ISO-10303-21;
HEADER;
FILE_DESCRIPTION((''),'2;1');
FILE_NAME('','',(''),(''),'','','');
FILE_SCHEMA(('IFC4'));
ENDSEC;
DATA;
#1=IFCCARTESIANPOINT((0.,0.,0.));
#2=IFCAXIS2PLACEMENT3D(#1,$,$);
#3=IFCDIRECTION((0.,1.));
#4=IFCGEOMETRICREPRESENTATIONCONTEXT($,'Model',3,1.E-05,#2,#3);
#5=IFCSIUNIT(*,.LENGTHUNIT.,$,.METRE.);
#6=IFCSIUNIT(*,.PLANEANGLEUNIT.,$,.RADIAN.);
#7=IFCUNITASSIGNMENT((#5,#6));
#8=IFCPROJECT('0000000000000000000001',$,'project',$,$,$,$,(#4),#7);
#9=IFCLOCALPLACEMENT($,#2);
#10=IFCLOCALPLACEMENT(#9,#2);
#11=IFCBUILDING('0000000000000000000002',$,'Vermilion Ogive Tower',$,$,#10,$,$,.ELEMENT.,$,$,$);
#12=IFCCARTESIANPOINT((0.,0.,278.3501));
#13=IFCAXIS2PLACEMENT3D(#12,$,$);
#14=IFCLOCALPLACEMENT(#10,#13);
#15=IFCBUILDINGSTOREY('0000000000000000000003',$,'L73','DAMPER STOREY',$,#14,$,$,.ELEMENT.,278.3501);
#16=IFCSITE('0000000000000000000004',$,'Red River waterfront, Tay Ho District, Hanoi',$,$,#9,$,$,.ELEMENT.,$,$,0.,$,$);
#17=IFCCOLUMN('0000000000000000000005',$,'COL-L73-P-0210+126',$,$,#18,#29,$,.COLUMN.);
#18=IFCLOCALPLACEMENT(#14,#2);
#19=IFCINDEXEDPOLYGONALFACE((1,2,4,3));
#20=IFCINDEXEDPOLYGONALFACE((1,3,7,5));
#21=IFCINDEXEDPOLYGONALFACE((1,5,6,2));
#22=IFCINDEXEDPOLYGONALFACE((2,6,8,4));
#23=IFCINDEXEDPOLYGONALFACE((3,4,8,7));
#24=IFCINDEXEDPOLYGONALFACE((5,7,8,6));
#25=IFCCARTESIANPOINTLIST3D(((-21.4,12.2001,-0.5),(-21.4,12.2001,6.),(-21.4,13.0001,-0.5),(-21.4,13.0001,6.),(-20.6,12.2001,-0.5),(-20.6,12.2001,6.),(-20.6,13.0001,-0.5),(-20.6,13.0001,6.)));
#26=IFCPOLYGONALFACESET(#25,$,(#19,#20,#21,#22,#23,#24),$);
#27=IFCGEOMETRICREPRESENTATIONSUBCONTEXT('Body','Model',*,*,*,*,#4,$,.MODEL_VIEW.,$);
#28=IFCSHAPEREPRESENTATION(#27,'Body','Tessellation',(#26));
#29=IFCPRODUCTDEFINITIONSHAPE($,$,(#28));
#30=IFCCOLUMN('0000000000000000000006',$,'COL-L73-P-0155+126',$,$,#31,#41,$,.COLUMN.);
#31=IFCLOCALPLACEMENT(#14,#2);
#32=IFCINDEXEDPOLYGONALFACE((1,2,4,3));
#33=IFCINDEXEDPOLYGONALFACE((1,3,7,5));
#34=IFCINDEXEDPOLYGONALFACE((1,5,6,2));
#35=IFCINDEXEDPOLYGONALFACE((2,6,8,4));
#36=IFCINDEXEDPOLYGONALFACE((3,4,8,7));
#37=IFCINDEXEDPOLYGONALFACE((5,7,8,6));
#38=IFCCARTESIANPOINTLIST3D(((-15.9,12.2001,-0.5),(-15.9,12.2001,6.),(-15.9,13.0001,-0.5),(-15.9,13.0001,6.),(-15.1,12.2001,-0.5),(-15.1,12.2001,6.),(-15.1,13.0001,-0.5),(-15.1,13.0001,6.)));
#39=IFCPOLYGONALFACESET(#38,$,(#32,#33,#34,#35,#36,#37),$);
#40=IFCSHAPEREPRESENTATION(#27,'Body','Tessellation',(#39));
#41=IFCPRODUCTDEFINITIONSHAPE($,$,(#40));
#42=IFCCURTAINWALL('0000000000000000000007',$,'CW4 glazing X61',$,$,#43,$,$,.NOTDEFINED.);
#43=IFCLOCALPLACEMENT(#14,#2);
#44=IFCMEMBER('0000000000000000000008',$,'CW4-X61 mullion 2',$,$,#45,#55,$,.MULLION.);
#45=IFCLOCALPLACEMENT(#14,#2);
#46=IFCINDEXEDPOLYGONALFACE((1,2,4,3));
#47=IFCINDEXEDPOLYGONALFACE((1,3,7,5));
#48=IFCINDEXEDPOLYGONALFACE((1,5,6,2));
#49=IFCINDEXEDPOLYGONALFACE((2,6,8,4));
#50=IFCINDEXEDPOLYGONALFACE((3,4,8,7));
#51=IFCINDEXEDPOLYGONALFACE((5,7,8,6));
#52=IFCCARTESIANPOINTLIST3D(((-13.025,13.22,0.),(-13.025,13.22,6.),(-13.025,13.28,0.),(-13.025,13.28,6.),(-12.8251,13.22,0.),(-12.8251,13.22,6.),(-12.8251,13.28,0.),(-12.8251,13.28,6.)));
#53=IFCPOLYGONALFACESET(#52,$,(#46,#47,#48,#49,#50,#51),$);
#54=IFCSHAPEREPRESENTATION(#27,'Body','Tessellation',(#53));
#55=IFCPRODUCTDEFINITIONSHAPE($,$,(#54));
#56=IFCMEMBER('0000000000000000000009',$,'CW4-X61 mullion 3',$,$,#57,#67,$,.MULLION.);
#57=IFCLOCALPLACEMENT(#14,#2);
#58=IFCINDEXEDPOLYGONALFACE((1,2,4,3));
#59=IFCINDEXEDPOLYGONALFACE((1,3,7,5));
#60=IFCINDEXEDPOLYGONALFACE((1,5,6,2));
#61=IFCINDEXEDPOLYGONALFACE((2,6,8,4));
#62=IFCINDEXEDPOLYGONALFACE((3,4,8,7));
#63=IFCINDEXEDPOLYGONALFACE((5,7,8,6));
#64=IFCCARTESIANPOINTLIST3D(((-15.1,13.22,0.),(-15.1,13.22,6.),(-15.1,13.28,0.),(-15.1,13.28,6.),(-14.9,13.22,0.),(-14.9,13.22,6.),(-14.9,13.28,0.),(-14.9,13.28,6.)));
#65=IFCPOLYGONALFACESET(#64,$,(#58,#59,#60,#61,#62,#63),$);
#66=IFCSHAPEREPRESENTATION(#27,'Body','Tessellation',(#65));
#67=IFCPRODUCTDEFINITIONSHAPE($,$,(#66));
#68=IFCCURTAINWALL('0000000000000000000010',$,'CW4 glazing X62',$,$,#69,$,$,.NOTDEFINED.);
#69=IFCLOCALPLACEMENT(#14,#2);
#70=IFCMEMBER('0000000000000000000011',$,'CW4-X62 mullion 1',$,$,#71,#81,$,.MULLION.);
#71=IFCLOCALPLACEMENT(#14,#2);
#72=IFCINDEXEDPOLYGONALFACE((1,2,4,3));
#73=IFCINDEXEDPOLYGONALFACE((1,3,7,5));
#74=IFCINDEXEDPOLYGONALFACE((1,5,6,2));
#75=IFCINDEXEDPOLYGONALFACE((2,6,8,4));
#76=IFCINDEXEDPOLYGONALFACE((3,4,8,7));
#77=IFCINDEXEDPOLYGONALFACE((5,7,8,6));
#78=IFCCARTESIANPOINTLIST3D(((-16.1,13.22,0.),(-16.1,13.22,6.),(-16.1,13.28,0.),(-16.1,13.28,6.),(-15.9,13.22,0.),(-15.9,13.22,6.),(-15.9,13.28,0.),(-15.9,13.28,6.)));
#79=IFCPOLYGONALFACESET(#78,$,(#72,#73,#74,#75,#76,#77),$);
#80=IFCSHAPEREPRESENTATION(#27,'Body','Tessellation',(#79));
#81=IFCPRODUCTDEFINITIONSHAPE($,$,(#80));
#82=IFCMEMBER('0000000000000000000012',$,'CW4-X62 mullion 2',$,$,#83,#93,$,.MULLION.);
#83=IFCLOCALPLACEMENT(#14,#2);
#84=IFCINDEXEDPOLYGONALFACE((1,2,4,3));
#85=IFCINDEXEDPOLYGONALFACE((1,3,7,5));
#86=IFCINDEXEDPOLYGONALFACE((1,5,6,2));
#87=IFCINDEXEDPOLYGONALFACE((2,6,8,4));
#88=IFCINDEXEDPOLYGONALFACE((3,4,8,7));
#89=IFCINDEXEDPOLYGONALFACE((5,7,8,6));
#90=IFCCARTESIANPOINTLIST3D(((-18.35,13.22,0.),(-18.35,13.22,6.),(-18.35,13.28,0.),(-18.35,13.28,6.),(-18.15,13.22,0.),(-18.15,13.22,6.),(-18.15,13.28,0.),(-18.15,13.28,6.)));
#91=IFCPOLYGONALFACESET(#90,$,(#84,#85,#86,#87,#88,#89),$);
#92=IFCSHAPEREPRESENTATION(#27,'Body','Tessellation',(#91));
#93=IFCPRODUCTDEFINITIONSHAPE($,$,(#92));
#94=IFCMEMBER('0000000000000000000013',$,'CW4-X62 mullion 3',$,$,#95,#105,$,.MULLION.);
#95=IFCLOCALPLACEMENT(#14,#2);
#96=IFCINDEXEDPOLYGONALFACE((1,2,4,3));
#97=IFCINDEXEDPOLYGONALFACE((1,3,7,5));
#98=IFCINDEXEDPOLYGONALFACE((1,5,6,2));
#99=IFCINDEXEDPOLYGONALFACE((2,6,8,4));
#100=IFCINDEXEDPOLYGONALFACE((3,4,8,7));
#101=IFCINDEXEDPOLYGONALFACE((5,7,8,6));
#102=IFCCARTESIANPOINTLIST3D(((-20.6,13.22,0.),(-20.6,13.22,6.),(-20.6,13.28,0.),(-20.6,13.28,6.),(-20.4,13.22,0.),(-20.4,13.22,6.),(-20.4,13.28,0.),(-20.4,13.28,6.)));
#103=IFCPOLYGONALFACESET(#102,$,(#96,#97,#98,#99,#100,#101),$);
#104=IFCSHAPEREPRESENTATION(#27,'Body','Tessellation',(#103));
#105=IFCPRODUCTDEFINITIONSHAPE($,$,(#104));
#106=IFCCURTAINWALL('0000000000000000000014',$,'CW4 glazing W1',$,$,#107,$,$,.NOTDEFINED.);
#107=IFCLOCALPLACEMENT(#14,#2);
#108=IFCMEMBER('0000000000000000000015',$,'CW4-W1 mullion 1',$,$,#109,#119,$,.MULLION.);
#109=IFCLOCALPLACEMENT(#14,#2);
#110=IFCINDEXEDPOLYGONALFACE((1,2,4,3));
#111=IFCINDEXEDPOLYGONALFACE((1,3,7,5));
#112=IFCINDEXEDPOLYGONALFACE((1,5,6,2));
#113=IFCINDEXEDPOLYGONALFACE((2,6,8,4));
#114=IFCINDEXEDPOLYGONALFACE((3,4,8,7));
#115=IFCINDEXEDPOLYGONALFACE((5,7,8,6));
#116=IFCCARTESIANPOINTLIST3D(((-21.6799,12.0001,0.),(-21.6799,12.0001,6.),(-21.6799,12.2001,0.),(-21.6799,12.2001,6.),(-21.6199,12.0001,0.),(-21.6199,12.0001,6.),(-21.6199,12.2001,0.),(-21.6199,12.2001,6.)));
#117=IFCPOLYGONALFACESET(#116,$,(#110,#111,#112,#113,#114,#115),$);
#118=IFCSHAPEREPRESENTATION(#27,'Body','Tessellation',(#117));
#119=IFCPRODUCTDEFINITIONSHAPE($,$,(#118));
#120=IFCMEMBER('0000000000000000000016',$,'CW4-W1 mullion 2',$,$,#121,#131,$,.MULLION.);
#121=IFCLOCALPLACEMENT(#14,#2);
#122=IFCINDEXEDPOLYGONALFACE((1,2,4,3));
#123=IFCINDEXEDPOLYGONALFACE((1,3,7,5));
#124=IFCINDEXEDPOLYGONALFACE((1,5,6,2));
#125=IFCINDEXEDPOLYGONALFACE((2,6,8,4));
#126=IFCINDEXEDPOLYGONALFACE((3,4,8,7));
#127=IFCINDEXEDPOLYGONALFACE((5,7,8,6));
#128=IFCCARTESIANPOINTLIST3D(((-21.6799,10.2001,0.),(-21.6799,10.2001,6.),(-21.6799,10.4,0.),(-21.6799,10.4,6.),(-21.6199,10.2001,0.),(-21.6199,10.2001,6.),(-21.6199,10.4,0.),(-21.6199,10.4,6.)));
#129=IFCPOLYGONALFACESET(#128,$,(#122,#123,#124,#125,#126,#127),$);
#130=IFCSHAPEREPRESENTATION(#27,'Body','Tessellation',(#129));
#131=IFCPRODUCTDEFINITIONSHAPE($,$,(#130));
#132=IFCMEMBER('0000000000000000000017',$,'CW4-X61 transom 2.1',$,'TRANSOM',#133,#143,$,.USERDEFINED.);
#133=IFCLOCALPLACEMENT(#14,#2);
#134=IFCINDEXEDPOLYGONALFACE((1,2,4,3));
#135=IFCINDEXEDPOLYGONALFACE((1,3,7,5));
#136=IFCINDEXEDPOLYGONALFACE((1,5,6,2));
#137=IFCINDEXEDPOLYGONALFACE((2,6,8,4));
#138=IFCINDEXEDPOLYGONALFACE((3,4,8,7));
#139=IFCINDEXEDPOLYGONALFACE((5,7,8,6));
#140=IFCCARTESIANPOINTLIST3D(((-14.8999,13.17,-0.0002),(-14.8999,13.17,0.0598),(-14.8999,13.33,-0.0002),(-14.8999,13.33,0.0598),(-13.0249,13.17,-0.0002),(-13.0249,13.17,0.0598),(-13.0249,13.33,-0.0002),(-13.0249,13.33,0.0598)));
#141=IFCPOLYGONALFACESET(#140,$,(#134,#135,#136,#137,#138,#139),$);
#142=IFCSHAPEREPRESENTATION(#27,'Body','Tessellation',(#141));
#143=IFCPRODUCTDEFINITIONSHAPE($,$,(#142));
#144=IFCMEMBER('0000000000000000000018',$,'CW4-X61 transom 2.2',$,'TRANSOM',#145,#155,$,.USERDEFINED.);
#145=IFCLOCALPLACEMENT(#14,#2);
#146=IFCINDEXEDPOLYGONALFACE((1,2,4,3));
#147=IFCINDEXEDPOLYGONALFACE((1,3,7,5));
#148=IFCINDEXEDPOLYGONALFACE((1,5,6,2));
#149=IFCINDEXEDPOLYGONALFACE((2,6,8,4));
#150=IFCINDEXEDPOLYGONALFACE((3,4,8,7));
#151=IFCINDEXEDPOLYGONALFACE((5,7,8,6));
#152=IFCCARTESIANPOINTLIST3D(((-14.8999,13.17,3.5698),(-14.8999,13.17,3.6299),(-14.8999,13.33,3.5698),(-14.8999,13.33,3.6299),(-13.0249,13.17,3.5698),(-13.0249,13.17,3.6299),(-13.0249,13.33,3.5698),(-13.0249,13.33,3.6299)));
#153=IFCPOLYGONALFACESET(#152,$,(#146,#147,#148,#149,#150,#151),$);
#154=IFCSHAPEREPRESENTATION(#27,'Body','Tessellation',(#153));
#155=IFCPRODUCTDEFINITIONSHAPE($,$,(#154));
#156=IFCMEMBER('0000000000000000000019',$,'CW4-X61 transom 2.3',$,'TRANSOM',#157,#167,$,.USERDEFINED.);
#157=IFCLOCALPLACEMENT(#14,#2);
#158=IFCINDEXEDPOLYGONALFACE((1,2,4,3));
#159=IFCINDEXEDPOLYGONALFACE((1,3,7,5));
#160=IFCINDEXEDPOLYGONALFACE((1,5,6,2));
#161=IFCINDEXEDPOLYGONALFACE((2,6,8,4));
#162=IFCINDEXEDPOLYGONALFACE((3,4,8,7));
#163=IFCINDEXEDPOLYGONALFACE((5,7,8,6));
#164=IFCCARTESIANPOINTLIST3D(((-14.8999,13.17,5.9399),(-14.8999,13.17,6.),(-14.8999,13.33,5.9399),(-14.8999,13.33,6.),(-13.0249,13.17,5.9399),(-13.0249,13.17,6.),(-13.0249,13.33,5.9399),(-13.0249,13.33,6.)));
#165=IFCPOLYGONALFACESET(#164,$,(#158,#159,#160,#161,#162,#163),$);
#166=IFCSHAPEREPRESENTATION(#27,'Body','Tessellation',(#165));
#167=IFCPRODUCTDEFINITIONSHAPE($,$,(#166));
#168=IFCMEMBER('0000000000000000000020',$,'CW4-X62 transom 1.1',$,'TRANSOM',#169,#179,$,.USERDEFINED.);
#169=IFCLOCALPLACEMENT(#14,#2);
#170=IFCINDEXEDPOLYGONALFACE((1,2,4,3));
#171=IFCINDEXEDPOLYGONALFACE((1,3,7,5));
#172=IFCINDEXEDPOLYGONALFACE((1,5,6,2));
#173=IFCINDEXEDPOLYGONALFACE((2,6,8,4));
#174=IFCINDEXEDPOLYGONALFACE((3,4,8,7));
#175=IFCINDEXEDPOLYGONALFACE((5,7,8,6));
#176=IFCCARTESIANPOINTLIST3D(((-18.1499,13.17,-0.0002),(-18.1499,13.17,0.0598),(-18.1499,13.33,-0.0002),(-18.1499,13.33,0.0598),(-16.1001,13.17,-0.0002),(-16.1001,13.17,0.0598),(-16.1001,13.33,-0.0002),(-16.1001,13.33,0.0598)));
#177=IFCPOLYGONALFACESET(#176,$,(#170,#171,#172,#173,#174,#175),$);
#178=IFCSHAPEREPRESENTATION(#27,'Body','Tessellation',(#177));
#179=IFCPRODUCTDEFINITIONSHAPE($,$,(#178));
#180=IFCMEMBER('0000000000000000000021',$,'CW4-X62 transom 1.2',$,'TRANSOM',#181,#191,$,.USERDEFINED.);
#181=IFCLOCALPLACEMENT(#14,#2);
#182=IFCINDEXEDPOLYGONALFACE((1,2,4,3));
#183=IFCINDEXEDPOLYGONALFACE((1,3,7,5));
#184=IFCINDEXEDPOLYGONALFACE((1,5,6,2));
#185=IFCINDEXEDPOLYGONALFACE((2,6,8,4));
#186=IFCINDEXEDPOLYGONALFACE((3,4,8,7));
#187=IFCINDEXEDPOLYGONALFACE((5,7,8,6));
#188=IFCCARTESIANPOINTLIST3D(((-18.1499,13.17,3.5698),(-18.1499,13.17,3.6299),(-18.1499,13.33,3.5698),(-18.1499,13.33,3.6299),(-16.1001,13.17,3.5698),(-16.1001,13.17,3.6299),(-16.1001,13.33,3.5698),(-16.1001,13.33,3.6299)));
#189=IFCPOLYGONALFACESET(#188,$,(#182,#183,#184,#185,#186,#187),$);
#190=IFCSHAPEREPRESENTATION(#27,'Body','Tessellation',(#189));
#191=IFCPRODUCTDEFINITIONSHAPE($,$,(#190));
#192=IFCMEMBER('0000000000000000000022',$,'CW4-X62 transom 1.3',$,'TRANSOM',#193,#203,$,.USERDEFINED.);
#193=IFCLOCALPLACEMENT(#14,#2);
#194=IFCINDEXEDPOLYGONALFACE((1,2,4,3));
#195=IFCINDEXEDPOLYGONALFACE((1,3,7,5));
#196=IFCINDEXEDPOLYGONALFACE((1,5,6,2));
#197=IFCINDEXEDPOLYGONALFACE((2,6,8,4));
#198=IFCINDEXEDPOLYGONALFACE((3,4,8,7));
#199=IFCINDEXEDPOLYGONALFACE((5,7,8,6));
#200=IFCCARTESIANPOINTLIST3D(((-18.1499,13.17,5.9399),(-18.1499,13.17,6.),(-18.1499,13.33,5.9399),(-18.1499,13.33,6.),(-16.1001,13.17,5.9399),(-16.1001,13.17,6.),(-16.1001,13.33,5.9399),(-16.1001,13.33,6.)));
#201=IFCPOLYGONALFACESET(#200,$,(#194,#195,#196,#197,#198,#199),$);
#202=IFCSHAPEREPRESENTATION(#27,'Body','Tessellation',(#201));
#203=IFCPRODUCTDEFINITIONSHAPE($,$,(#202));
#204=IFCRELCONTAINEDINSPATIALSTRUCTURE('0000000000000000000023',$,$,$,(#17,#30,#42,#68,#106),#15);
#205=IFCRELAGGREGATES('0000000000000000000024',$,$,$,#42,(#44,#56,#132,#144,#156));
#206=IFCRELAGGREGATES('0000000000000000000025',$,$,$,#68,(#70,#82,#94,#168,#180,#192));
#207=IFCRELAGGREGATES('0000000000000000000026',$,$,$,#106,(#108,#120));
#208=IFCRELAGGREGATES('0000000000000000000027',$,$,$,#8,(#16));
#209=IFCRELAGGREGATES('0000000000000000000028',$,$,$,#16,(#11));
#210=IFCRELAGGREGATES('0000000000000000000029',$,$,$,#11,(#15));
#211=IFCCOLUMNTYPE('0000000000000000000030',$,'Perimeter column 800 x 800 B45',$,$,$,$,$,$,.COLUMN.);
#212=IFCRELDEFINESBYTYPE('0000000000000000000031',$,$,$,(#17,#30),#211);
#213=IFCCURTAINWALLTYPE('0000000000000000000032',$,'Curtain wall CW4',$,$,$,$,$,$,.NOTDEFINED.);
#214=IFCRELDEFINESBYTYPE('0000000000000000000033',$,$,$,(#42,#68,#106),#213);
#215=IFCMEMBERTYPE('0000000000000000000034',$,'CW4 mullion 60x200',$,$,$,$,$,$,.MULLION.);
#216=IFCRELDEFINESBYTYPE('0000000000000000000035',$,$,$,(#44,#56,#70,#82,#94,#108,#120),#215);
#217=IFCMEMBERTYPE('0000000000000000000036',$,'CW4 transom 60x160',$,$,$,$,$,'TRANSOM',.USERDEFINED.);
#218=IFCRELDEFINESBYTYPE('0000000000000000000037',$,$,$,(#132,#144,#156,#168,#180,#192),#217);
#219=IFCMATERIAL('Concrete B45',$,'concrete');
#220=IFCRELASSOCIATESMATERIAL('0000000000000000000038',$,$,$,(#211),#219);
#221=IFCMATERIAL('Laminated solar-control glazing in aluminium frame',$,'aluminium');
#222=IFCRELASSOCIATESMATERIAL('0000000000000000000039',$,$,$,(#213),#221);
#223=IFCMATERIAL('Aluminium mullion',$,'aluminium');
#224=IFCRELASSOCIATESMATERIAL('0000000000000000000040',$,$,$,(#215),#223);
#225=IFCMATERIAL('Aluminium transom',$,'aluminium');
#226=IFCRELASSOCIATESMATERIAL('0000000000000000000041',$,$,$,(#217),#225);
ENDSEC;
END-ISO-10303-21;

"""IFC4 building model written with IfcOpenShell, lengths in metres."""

from ifc_helpers import new_model, si_unit, direction, frame, origin, origin_2d, place, context, subcontext, project, spatial, rectangle, extrude, material, material_profile, profile_set, type_object, element, aggregate, save


model = new_model("IFC4")

# Units and contexts
model_context = context("Model", 3, precision=1e-05, world=origin(), true_north=direction((0.0, 1.0)))
body_context = subcontext(model_context, "Body", "Model", "MODEL_VIEW")
ifc_project = project(units=[si_unit("LENGTHUNIT", "METRE"), si_unit("PLANEANGLEUNIT", "RADIAN")], contexts=[model_context])

# Site, building, storey
site_placement = place(None, origin())
site = spatial("IfcSite", under=ifc_project, at=site_placement, Name="Red River waterfront, Tay Ho District, Hanoi", CompositionType="ELEMENT", RefElevation=0.0)
building_placement = place(site_placement, origin())
building = spatial("IfcBuilding", under=site, at=building_placement, Name="Vermilion Ogive Tower", CompositionType="ELEMENT")
storey_placement = place(building_placement, frame((0.0, 0.0, 278.3501)))
storey = spatial("IfcBuildingStorey", under=building, at=storey_placement, Name="L73", Description="DAMPER STOREY", CompositionType="ELEMENT", Elevation=278.3501)

# Columns
ifc_material_1 = material(Name="Concrete B45", Category="concrete")
ifc_material_profile_1 = material_profile(ifc_material_1, rectangle(XDim=0.8, YDim=0.8, at=origin_2d()), Name="800 x 800")
ifc_profile_set_1 = profile_set([ifc_material_profile_1], Name="Concrete B45")
column_type = type_object("IfcColumnType", Name="Perimeter column 800 x 800 B45", PredefinedType="COLUMN", material=ifc_profile_set_1)
for number, where, z_axis, x_axis, name in (
    (1, (-21.0, 12.6001, -0.5), (0.0, 0.0, 1.0), (1.0, 0.0, 0.0), "COL-L73-P-0210+126"),
    (2, (-15.5, 12.6001, -0.5), (0.0, 0.0, 1.0), (1.0, 0.0, 0.0), "COL-L73-P-0155+126"),
):
    element("IfcColumn", number, at=place(storey_placement, frame(where, z_axis=z_axis, x_axis=x_axis)), inside=storey, type_object=column_type, Name=name, PredefinedType="COLUMN", context=body_context, shape_type="SweptSolid", body=[
        extrude(rectangle(XDim=0.8, YDim=0.8, at=origin_2d()), origin(), (0.0, 0.0, 1.0), 6.5),
    ])

# Curtain walls, members
ifc_material_2 = material(Name="Laminated solar-control glazing in aluminium frame", Category="aluminium")
curtain_wall_type = type_object("IfcCurtainWallType", Name="Curtain wall CW4", PredefinedType="NOTDEFINED", material=ifc_material_2)
curtain_wall_1_placement = place(storey_placement, origin())
curtain_wall_1 = element("IfcCurtainWall", 3, at=curtain_wall_1_placement, inside=storey, type_object=curtain_wall_type, Name="CW4 glazing X61", PredefinedType="NOTDEFINED")
ifc_material_3 = material(Name="Aluminium mullion", Category="aluminium")
ifc_material_profile_2 = material_profile(ifc_material_3, rectangle(XDim=0.0601, YDim=0.2, at=origin_2d()), Name="AL 60x200")
ifc_profile_set_2 = profile_set([ifc_material_profile_2], Name="Aluminium mullion")
member_type_1 = type_object("IfcMemberType", Name="CW4 mullion 60x200", PredefinedType="MULLION", material=ifc_profile_set_2)
member_1_placement = place(storey_placement, frame((-12.925, 13.25, 0.0), z_axis=(0.0, 0.0, 1.0), x_axis=(0.0, -1.0, 0.0)))
member_1 = element("IfcMember", 4, at=member_1_placement, type_object=member_type_1, Name="CW4-X61 mullion 2", PredefinedType="MULLION", context=body_context, shape_type="SweptSolid", body=[
    extrude(rectangle(XDim=0.0601, YDim=0.2, at=origin_2d()), origin(), (0.0, 0.0, 1.0), 6.0),
])
member_2_placement = place(storey_placement, frame((-15.0, 13.25, 0.0), z_axis=(0.0, 0.0, 1.0), x_axis=(0.0, -1.0, 0.0)))
member_2 = element("IfcMember", 5, at=member_2_placement, type_object=member_type_1, Name="CW4-X61 mullion 3", PredefinedType="MULLION", context=body_context, shape_type="SweptSolid", body=[
    extrude(rectangle(XDim=0.0601, YDim=0.2, at=origin_2d()), origin(), (0.0, 0.0, 1.0), 6.0),
])
curtain_wall_2_placement = place(storey_placement, origin())
curtain_wall_2 = element("IfcCurtainWall", 6, at=curtain_wall_2_placement, inside=storey, type_object=curtain_wall_type, Name="CW4 glazing X62", PredefinedType="NOTDEFINED")
member_3_placement = place(storey_placement, frame((-16.0, 13.25, 0.0), z_axis=(0.0, 0.0, 1.0), x_axis=(0.0, -1.0, 0.0)))
member_3 = element("IfcMember", 7, at=member_3_placement, type_object=member_type_1, Name="CW4-X62 mullion 1", PredefinedType="MULLION", context=body_context, shape_type="SweptSolid", body=[
    extrude(rectangle(XDim=0.0601, YDim=0.2, at=origin_2d()), origin(), (0.0, 0.0, 1.0), 6.0),
])
member_4_placement = place(storey_placement, frame((-18.25, 13.25, 0.0), z_axis=(0.0, 0.0, 1.0), x_axis=(0.0, -1.0, 0.0)))
member_4 = element("IfcMember", 8, at=member_4_placement, type_object=member_type_1, Name="CW4-X62 mullion 2", PredefinedType="MULLION", context=body_context, shape_type="SweptSolid", body=[
    extrude(rectangle(XDim=0.0601, YDim=0.2, at=origin_2d()), origin(), (0.0, 0.0, 1.0), 6.0),
])
member_5_placement = place(storey_placement, frame((-20.5, 13.25, 0.0), z_axis=(0.0, 0.0, 1.0), x_axis=(0.0, -1.0, 0.0)))
member_5 = element("IfcMember", 9, at=member_5_placement, type_object=member_type_1, Name="CW4-X62 mullion 3", PredefinedType="MULLION", context=body_context, shape_type="SweptSolid", body=[
    extrude(rectangle(XDim=0.0601, YDim=0.2, at=origin_2d()), origin(), (0.0, 0.0, 1.0), 6.0),
])
curtain_wall_3_placement = place(storey_placement, origin())
curtain_wall_3 = element("IfcCurtainWall", 10, at=curtain_wall_3_placement, inside=storey, type_object=curtain_wall_type, Name="CW4 glazing W1", PredefinedType="NOTDEFINED")
member_6_placement = place(storey_placement, frame((-21.6499, 12.1001, 0.0), z_axis=(0.0, 0.0, 1.0), x_axis=(1.0, 0.0, 0.0)))
member_6 = element("IfcMember", 11, at=member_6_placement, type_object=member_type_1, Name="CW4-W1 mullion 1", PredefinedType="MULLION", context=body_context, shape_type="SweptSolid", body=[
    extrude(rectangle(XDim=0.0601, YDim=0.2, at=origin_2d()), origin(), (0.0, 0.0, 1.0), 6.0),
])
member_7_placement = place(storey_placement, frame((-21.6499, 10.3, 0.0), z_axis=(0.0, 0.0, 1.0), x_axis=(1.0, 0.0, 0.0)))
member_7 = element("IfcMember", 12, at=member_7_placement, type_object=member_type_1, Name="CW4-W1 mullion 2", PredefinedType="MULLION", context=body_context, shape_type="SweptSolid", body=[
    extrude(rectangle(XDim=0.0601, YDim=0.2, at=origin_2d()), origin(), (0.0, 0.0, 1.0), 6.0),
])

# Members
ifc_material_4 = material(Name="Aluminium transom", Category="aluminium")
ifc_material_profile_3 = material_profile(ifc_material_4, rectangle(XDim=0.1599, YDim=0.0601, at=origin_2d()), Name="AL 60x160")
ifc_profile_set_3 = profile_set([ifc_material_profile_3], Name="Aluminium transom")
member_type_2 = type_object("IfcMemberType", Name="CW4 transom 60x160", ElementType="TRANSOM", PredefinedType="USERDEFINED", material=ifc_profile_set_3)
member_8_placement = place(storey_placement, frame((-13.0249, 13.25, 0.0298), z_axis=(-1.0, 0.0, 0.0), x_axis=(0.0, -1.0, 0.0)))
member_8 = element("IfcMember", 13, at=member_8_placement, type_object=member_type_2, Name="CW4-X61 transom 2.1", ObjectType="TRANSOM", PredefinedType="USERDEFINED", context=body_context, shape_type="SweptSolid", body=[
    extrude(rectangle(XDim=0.1599, YDim=0.0601, at=origin_2d()), origin(), (0.0, 0.0, 1.0), 1.875),
])
member_9_placement = place(storey_placement, frame((-13.0249, 13.25, 3.5999), z_axis=(-1.0, 0.0, 0.0), x_axis=(0.0, -1.0, 0.0)))
member_9 = element("IfcMember", 14, at=member_9_placement, type_object=member_type_2, Name="CW4-X61 transom 2.2", ObjectType="TRANSOM", PredefinedType="USERDEFINED", context=body_context, shape_type="SweptSolid", body=[
    extrude(rectangle(XDim=0.1599, YDim=0.0601, at=origin_2d()), origin(), (0.0, 0.0, 1.0), 1.875),
])
member_10_placement = place(storey_placement, frame((-13.0249, 13.25, 5.97), z_axis=(-1.0, 0.0, 0.0), x_axis=(0.0, -1.0, 0.0)))
member_10 = element("IfcMember", 15, at=member_10_placement, type_object=member_type_2, Name="CW4-X61 transom 2.3", ObjectType="TRANSOM", PredefinedType="USERDEFINED", context=body_context, shape_type="SweptSolid", body=[
    extrude(rectangle(XDim=0.1599, YDim=0.0601, at=origin_2d()), origin(), (0.0, 0.0, 1.0), 1.875),
])
member_11_placement = place(storey_placement, frame((-16.1001, 13.25, 0.0298), z_axis=(-1.0, 0.0, 0.0), x_axis=(0.0, -1.0, 0.0)))
member_11 = element("IfcMember", 16, at=member_11_placement, type_object=member_type_2, Name="CW4-X62 transom 1.1", ObjectType="TRANSOM", PredefinedType="USERDEFINED", context=body_context, shape_type="SweptSolid", body=[
    extrude(rectangle(XDim=0.1599, YDim=0.0601, at=origin_2d()), origin(), (0.0, 0.0, 1.0), 2.0498),
])
member_12_placement = place(storey_placement, frame((-16.1001, 13.25, 3.5999), z_axis=(-1.0, 0.0, 0.0), x_axis=(0.0, -1.0, 0.0)))
member_12 = element("IfcMember", 17, at=member_12_placement, type_object=member_type_2, Name="CW4-X62 transom 1.2", ObjectType="TRANSOM", PredefinedType="USERDEFINED", context=body_context, shape_type="SweptSolid", body=[
    extrude(rectangle(XDim=0.1599, YDim=0.0601, at=origin_2d()), origin(), (0.0, 0.0, 1.0), 2.0498),
])
member_13_placement = place(storey_placement, frame((-16.1001, 13.25, 5.97), z_axis=(-1.0, 0.0, 0.0), x_axis=(0.0, -1.0, 0.0)))
member_13 = element("IfcMember", 18, at=member_13_placement, type_object=member_type_2, Name="CW4-X62 transom 1.3", ObjectType="TRANSOM", PredefinedType="USERDEFINED", context=body_context, shape_type="SweptSolid", body=[
    extrude(rectangle(XDim=0.1599, YDim=0.0601, at=origin_2d()), origin(), (0.0, 0.0, 1.0), 2.0498),
])

aggregate(curtain_wall_1, [member_1, member_2, member_8, member_9, member_10])
aggregate(curtain_wall_2, [member_3, member_4, member_5, member_11, member_12, member_13])
aggregate(curtain_wall_3, [member_6, member_7])

save(model, "model.ifc")
